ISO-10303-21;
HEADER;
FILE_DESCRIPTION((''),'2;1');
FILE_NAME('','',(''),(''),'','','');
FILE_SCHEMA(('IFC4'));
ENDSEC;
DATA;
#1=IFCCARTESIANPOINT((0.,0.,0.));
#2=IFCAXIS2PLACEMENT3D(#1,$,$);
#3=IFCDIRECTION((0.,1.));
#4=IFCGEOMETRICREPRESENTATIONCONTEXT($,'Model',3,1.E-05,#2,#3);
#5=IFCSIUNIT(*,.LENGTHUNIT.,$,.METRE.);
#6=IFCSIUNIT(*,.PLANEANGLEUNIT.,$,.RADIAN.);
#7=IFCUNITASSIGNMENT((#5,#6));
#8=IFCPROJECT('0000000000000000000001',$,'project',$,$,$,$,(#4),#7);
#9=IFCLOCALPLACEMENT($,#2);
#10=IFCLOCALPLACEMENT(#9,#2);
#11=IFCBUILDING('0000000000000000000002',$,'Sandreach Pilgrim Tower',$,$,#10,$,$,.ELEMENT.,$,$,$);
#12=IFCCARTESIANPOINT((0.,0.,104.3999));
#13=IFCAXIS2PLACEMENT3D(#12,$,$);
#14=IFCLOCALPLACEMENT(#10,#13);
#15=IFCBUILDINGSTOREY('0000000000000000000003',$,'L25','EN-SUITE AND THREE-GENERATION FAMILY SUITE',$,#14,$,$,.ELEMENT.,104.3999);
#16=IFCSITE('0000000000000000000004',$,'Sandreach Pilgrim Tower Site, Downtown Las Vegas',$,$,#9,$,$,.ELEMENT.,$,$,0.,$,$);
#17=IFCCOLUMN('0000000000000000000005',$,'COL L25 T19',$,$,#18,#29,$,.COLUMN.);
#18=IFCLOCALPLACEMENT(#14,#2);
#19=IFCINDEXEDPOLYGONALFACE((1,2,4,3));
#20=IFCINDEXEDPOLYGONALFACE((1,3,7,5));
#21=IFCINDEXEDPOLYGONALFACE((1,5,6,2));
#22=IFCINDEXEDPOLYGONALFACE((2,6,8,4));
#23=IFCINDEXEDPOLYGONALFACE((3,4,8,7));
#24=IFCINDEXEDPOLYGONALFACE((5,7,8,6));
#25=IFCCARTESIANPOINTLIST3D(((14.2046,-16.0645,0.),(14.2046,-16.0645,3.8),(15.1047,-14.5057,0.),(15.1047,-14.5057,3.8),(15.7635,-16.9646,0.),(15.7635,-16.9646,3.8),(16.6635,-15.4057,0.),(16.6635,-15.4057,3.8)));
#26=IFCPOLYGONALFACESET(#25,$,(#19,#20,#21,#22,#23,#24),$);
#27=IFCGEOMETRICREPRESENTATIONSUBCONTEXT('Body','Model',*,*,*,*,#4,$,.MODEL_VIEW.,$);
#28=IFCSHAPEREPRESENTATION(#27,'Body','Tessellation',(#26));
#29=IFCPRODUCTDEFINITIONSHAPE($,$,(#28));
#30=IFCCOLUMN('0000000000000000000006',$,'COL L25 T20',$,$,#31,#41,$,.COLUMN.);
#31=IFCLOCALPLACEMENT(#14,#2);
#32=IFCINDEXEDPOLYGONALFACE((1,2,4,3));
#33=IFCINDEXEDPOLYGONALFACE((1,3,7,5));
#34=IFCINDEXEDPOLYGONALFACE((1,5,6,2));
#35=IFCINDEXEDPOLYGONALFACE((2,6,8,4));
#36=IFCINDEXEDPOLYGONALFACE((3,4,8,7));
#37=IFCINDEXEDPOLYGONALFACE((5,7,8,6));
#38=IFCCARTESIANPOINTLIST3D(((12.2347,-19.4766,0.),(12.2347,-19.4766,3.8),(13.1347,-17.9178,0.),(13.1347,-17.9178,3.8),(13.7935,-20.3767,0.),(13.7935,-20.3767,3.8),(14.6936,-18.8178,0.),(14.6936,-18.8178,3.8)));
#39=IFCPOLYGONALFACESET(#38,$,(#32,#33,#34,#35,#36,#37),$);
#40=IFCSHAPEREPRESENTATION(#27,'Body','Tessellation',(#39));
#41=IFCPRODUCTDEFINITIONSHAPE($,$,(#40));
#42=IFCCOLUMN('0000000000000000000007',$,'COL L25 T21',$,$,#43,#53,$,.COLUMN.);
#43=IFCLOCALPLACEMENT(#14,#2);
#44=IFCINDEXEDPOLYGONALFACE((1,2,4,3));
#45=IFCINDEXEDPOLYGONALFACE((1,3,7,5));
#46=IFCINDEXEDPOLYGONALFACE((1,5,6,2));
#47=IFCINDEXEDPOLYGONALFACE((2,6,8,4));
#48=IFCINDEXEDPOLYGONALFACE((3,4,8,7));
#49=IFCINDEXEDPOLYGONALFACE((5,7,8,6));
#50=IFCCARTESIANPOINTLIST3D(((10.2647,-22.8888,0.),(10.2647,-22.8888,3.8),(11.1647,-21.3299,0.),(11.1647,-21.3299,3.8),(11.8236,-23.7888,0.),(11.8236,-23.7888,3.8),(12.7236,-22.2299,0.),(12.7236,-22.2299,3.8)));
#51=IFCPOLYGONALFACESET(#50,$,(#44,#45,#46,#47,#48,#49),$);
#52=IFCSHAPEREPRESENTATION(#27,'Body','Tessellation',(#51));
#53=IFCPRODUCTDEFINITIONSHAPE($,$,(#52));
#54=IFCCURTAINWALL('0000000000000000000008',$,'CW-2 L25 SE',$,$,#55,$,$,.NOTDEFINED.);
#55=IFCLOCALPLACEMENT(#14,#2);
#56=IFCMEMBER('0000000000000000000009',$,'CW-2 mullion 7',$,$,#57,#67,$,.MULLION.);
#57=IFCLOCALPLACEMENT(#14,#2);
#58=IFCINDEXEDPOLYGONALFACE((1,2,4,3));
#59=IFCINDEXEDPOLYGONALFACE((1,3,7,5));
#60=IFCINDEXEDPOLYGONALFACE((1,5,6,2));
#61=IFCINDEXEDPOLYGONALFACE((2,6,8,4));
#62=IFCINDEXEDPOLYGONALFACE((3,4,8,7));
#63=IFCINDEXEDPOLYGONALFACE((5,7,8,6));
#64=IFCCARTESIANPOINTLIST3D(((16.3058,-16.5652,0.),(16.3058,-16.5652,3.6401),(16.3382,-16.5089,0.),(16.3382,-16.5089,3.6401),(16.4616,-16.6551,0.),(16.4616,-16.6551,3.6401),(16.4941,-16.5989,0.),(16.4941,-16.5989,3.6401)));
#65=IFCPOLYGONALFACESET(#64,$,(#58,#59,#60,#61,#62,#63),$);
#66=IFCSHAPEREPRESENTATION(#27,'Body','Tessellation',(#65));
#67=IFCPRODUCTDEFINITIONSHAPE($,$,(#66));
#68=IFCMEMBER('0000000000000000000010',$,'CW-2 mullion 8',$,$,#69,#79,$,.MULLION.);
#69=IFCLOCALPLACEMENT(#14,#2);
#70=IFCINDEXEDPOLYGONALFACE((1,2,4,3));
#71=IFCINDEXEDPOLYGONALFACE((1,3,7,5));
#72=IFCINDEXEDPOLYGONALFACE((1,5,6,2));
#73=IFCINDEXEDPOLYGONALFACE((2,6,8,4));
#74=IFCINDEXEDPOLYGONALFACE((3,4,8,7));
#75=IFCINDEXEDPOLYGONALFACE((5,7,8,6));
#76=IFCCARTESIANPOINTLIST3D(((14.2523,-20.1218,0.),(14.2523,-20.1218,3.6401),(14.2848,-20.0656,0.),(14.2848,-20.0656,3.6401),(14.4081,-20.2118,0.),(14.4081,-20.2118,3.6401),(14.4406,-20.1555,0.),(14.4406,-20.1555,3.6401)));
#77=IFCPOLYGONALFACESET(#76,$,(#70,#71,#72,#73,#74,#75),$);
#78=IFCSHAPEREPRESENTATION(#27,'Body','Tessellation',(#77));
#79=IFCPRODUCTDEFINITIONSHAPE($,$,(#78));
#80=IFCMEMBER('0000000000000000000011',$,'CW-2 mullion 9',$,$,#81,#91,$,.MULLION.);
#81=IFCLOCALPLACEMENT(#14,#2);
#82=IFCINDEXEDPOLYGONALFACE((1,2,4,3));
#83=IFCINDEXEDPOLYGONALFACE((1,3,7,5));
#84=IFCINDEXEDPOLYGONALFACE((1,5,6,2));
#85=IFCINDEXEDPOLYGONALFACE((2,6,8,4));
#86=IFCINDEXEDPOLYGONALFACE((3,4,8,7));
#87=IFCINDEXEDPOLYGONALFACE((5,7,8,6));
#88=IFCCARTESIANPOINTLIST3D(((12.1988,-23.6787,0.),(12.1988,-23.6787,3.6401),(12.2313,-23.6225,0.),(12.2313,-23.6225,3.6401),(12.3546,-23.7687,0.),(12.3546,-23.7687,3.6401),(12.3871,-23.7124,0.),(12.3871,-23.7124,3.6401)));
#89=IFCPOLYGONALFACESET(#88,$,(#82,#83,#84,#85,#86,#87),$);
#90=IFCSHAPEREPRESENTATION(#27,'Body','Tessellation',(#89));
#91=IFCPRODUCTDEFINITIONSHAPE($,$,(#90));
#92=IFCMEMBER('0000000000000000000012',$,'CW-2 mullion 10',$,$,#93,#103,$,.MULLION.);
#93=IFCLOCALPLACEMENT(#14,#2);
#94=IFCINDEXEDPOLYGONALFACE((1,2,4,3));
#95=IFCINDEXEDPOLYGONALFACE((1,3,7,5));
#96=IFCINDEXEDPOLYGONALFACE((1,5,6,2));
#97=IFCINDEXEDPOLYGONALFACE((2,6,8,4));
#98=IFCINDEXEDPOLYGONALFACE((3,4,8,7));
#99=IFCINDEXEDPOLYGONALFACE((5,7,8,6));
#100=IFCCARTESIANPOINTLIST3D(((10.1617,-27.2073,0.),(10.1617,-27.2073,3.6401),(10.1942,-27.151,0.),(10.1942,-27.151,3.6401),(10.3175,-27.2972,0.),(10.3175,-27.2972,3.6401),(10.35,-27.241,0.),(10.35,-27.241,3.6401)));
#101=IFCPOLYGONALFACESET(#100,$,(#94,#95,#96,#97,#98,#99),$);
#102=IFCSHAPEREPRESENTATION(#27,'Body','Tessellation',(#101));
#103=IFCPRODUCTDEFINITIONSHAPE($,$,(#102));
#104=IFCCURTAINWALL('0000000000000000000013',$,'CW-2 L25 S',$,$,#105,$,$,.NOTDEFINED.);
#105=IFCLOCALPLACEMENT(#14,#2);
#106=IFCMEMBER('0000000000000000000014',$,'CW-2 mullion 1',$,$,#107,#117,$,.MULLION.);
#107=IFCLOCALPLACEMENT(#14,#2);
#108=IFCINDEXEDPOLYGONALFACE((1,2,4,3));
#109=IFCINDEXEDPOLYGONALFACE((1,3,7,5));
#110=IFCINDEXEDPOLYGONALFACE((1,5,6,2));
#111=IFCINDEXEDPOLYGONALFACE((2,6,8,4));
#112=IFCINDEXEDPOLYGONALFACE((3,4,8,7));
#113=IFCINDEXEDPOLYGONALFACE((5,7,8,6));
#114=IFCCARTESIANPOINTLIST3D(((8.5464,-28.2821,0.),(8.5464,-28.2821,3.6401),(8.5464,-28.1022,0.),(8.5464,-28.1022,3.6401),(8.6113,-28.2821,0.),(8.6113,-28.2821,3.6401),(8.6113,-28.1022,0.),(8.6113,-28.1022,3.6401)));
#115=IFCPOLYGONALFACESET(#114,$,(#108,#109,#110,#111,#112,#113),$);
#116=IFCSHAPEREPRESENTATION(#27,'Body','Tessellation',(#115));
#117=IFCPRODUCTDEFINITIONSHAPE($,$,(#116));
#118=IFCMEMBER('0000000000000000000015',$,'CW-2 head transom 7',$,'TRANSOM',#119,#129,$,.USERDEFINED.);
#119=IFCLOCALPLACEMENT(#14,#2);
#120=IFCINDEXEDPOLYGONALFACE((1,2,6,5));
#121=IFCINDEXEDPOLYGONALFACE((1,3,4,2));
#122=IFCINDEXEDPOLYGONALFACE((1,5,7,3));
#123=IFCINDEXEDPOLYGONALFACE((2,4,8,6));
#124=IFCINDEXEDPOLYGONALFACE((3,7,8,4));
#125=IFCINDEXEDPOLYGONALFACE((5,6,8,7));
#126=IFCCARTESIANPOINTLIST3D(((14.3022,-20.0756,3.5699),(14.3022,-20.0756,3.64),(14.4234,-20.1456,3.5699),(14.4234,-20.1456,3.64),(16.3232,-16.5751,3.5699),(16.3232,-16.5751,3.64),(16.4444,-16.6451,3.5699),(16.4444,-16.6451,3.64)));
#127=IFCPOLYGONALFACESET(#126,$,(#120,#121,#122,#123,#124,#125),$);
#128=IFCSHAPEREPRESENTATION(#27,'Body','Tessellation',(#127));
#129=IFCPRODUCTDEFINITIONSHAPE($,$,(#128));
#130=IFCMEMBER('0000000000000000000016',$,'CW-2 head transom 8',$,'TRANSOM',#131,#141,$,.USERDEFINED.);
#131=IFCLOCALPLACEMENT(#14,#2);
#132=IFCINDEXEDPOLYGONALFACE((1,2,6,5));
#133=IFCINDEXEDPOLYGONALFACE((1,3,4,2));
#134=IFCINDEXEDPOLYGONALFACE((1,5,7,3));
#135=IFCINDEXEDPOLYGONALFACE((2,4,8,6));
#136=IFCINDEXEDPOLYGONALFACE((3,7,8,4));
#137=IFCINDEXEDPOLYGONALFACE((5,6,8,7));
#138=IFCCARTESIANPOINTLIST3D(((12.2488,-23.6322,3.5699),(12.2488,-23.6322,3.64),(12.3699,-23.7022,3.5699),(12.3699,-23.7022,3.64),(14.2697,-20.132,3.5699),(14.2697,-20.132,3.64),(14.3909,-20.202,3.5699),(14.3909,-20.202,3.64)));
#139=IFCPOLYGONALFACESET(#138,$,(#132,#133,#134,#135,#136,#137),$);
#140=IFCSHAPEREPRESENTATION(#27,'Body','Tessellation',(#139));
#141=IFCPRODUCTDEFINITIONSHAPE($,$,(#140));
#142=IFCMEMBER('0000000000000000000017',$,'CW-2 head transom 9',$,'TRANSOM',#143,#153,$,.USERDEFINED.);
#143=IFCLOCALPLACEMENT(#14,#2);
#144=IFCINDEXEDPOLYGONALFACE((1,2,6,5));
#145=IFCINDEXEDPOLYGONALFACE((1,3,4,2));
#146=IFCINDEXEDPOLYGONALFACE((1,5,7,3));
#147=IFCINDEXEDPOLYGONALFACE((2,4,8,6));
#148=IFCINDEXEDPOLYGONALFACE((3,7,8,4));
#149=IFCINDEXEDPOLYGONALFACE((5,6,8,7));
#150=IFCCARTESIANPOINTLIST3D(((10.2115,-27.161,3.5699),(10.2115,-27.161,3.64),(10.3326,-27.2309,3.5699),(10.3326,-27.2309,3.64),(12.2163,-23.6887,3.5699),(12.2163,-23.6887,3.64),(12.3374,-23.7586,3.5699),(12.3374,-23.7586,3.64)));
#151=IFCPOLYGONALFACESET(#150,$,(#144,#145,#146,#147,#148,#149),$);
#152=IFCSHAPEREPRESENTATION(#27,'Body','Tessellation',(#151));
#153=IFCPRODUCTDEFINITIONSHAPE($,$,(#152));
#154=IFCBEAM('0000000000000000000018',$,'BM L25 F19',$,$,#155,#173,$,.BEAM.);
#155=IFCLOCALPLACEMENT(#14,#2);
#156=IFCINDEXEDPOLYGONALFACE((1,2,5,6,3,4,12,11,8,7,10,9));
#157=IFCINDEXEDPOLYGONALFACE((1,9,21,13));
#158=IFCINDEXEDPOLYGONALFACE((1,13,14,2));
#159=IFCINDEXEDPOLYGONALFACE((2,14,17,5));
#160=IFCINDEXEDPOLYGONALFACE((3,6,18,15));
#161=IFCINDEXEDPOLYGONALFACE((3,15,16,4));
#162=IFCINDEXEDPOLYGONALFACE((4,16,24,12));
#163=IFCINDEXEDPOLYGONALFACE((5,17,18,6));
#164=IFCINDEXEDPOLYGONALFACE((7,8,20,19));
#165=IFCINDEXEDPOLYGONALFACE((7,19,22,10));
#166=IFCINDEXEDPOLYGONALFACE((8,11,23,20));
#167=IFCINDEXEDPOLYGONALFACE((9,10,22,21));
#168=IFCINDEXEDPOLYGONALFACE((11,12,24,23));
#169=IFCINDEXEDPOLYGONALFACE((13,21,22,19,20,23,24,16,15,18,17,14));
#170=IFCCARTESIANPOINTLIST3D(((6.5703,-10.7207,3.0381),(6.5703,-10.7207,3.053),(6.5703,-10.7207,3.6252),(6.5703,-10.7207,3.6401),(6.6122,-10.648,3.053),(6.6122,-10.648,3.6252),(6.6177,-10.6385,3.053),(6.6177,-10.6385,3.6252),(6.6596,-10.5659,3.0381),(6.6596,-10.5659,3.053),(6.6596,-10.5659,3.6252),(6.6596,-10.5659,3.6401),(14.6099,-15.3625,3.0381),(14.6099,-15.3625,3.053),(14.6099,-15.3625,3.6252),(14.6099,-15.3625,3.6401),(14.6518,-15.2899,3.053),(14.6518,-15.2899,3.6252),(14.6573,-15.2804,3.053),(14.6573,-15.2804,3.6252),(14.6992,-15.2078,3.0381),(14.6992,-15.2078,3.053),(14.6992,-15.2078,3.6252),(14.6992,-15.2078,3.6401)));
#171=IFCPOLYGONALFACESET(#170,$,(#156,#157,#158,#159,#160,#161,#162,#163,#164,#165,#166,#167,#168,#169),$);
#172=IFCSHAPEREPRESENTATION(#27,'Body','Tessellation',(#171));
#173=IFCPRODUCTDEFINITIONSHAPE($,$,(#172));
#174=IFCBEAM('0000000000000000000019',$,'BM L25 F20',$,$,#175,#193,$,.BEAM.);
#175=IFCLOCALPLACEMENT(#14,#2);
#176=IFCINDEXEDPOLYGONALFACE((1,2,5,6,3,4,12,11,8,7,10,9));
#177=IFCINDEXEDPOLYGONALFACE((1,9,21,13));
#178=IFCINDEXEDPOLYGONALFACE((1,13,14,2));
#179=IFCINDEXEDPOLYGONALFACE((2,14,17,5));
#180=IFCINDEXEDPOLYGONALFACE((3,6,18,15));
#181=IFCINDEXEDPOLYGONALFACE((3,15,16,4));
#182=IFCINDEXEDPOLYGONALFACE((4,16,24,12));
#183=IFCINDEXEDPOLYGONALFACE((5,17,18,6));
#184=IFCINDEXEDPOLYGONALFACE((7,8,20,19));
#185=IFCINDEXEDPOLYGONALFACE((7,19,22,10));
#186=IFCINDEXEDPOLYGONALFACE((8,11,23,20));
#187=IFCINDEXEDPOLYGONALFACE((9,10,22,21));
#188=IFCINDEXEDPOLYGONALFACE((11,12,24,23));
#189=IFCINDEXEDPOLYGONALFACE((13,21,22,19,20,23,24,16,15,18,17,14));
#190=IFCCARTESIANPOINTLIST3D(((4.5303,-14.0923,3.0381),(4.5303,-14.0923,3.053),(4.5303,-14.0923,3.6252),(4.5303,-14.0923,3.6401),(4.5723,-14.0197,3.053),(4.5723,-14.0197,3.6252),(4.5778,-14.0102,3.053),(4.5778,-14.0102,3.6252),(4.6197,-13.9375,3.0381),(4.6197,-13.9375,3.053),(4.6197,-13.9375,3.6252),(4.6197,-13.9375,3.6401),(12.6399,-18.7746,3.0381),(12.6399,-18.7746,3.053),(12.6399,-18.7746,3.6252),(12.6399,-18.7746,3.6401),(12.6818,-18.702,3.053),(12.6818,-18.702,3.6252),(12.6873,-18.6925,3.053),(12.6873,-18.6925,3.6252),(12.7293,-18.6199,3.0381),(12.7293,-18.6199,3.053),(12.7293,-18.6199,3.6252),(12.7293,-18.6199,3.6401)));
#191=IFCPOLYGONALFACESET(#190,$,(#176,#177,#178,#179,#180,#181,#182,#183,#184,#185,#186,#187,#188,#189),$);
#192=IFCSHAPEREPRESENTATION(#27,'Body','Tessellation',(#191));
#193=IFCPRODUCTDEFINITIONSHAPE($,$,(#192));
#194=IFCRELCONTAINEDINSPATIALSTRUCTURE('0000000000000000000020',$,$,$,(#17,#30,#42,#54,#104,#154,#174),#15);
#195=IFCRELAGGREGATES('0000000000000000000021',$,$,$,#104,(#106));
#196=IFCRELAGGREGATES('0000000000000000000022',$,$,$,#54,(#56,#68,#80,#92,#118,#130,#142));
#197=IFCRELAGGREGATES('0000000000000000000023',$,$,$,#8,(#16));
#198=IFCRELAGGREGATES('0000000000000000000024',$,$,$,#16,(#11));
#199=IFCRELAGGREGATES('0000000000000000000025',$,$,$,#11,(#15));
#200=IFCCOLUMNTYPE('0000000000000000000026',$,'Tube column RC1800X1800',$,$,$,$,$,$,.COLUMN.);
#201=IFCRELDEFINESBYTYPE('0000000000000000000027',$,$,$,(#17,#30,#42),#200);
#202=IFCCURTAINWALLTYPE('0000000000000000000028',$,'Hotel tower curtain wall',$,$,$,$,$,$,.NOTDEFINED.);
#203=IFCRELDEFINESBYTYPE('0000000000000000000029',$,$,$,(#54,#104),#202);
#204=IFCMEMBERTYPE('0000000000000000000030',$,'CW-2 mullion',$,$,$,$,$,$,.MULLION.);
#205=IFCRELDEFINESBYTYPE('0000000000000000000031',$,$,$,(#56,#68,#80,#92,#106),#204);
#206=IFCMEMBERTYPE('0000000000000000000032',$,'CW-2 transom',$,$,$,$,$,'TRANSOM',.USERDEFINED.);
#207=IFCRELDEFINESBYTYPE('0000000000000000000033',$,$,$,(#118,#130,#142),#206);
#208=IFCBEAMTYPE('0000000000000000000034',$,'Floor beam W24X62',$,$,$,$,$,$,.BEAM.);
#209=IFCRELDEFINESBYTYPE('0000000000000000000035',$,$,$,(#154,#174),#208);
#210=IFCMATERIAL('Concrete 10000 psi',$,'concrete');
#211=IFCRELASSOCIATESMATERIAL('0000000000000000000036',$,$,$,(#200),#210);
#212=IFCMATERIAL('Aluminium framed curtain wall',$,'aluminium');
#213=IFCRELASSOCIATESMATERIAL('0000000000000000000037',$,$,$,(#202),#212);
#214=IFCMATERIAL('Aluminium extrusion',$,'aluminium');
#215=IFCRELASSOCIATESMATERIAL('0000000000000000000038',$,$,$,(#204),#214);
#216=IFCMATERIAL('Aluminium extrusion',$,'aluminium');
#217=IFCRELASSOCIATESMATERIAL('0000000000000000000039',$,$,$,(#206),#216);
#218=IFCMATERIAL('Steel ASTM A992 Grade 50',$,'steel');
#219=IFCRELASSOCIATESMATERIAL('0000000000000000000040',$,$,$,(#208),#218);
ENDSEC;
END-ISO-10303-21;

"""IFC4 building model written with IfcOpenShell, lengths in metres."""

from ifc_helpers import new_model, si_unit, direction, frame, origin, origin_2d, place, context, subcontext, project, spatial, rectangle, i_section, extrude, material, material_profile, profile_set, type_object, element, aggregate, save


model = new_model("IFC4")

# Units and contexts
model_context = context("Model", 3, precision=1e-05, world=origin(), true_north=direction((0.0, 1.0)))
body_context = subcontext(model_context, "Body", "Model", "MODEL_VIEW")
ifc_project = project(units=[si_unit("LENGTHUNIT", "METRE"), si_unit("PLANEANGLEUNIT", "RADIAN")], contexts=[model_context])

# Site, building, storey
site_placement = place(None, origin())
site = spatial("IfcSite", under=ifc_project, at=site_placement, Name="Sandreach Pilgrim Tower Site, Downtown Las Vegas", CompositionType="ELEMENT", RefElevation=0.0)
building_placement = place(site_placement, origin())
building = spatial("IfcBuilding", under=site, at=building_placement, Name="Sandreach Pilgrim Tower", CompositionType="ELEMENT")
storey_placement = place(building_placement, frame((0.0, 0.0, 104.3999)))
storey = spatial("IfcBuildingStorey", under=building, at=storey_placement, Name="L25", Description="EN-SUITE AND THREE-GENERATION FAMILY SUITE", CompositionType="ELEMENT", Elevation=104.3999)

# Columns
ifc_material_1 = material(Name="Concrete 10000 psi", Category="concrete")
ifc_material_profile_1 = material_profile(ifc_material_1, rectangle(XDim=1.8, YDim=1.8, at=origin_2d()), Name="RC1800X1800")
ifc_profile_set_1 = profile_set([ifc_material_profile_1], Name="Concrete 10000 psi")
column_type = type_object("IfcColumnType", Name="Tube column RC1800X1800", PredefinedType="COLUMN", material=ifc_profile_set_1)
for number, where, z_axis, x_axis, name in (
    (1, (15.4341, -15.7351, 0.0), (0.0, 0.0, 1.0), (0.866025, -0.5, 0.0), "COL L25 T19"),
    (2, (13.4641, -19.1472, 0.0), (0.0, 0.0, 1.0), (0.866025, -0.5, 0.0), "COL L25 T20"),
    (3, (11.4941, -22.5593, 0.0), (0.0, 0.0, 1.0), (0.866025, -0.5, 0.0), "COL L25 T21"),
):
    element("IfcColumn", number, at=place(storey_placement, frame(where, z_axis=z_axis, x_axis=x_axis)), inside=storey, type_object=column_type, Name=name, PredefinedType="COLUMN", context=body_context, shape_type="SweptSolid", body=[
        extrude(rectangle(XDim=1.8, YDim=1.8, at=origin_2d()), origin(), (0.0, 0.0, 1.0), 3.8),
    ])

# Curtain wall, members
ifc_material_2 = material(Name="Aluminium framed curtain wall", Category="aluminium")
curtain_wall_type = type_object("IfcCurtainWallType", Name="Hotel tower curtain wall", PredefinedType="NOTDEFINED", material=ifc_material_2)
curtain_wall_1_placement = place(storey_placement, origin())
curtain_wall_1 = element("IfcCurtainWall", 4, at=curtain_wall_1_placement, inside=storey, type_object=curtain_wall_type, Name="CW-2 L25 SE", PredefinedType="NOTDEFINED")
ifc_material_3 = material(Name="Aluminium extrusion", Category="aluminium")
ifc_material_profile_2 = material_profile(ifc_material_3, rectangle(XDim=0.0649, YDim=0.1799, at=origin_2d()), Name="CW-2M 65X180")
ifc_profile_set_2 = profile_set([ifc_material_profile_2], Name="Aluminium extrusion")
member_type_1 = type_object("IfcMemberType", Name="CW-2 mullion", PredefinedType="MULLION", material=ifc_profile_set_2)
member_1_placement = place(storey_placement, frame((16.3999, -16.582, 0.0), z_axis=(0.0, 0.0, 1.0), x_axis=(-0.5, -0.866025, 0.0)))
member_1 = element("IfcMember", 5, at=member_1_placement, type_object=member_type_1, Name="CW-2 mullion 7", PredefinedType="MULLION", context=body_context, shape_type="SweptSolid", body=[
    extrude(rectangle(XDim=0.0649, YDim=0.1799, at=origin_2d()), origin(), (0.0, 0.0, 1.0), 3.6401),
])
member_2_placement = place(storey_placement, frame((14.3464, -20.1387, 0.0), z_axis=(0.0, 0.0, 1.0), x_axis=(-0.5, -0.866025, 0.0)))
member_2 = element("IfcMember", 6, at=member_2_placement, type_object=member_type_1, Name="CW-2 mullion 8", PredefinedType="MULLION", context=body_context, shape_type="SweptSolid", body=[
    extrude(rectangle(XDim=0.0649, YDim=0.1799, at=origin_2d()), origin(), (0.0, 0.0, 1.0), 3.6401),
])
member_3_placement = place(storey_placement, frame((12.293, -23.6956, 0.0), z_axis=(0.0, 0.0, 1.0), x_axis=(-0.5, -0.866025, 0.0)))
member_3 = element("IfcMember", 7, at=member_3_placement, type_object=member_type_1, Name="CW-2 mullion 9", PredefinedType="MULLION", context=body_context, shape_type="SweptSolid", body=[
    extrude(rectangle(XDim=0.0649, YDim=0.1799, at=origin_2d()), origin(), (0.0, 0.0, 1.0), 3.6401),
])
member_4_placement = place(storey_placement, frame((10.2559, -27.2241, 0.0), z_axis=(0.0, 0.0, 1.0), x_axis=(-0.5, -0.866025, 0.0)))
member_4 = element("IfcMember", 8, at=member_4_placement, type_object=member_type_1, Name="CW-2 mullion 10", PredefinedType="MULLION", context=body_context, shape_type="SweptSolid", body=[
    extrude(rectangle(XDim=0.0649, YDim=0.1799, at=origin_2d()), origin(), (0.0, 0.0, 1.0), 3.6401),
])

# Curtain wall, member
curtain_wall_2_placement = place(storey_placement, origin())
curtain_wall_2 = element("IfcCurtainWall", 9, at=curtain_wall_2_placement, inside=storey, type_object=curtain_wall_type, Name="CW-2 L25 S", PredefinedType="NOTDEFINED")
member_5_placement = place(storey_placement, frame((8.5789, -28.1921, 0.0), z_axis=(0.0, 0.0, 1.0), x_axis=(-1.0, 0.0, 0.0)))
member_5 = element("IfcMember", 10, at=member_5_placement, type_object=member_type_1, Name="CW-2 mullion 1", PredefinedType="MULLION", context=body_context, shape_type="SweptSolid", body=[
    extrude(rectangle(XDim=0.0649, YDim=0.1799, at=origin_2d()), origin(), (0.0, 0.0, 1.0), 3.6401),
])
aggregate(curtain_wall_2, [member_5])

# Members
ifc_material_4 = material(Name="Aluminium extrusion", Category="aluminium")
ifc_material_profile_3 = material_profile(ifc_material_4, rectangle(XDim=0.1399, YDim=0.0701, at=origin_2d()), Name="CW-2T 140X70")
ifc_profile_set_3 = profile_set([ifc_material_profile_3], Name="Aluminium extrusion")
member_type_2 = type_object("IfcMemberType", Name="CW-2 transom", ElementType="TRANSOM", PredefinedType="USERDEFINED", material=ifc_profile_set_3)
member_6_placement = place(storey_placement, frame((16.3838, -16.6101, 3.605), z_axis=(-0.499998, -0.866027, 0.0), x_axis=(0.866027, -0.499998, 0.0)))
member_6 = element("IfcMember", 11, at=member_6_placement, type_object=member_type_2, Name="CW-2 head transom 7", ObjectType="TRANSOM", PredefinedType="USERDEFINED", context=body_context, shape_type="SweptSolid", body=[
    extrude(rectangle(XDim=0.1399, YDim=0.0701, at=origin_2d()), origin(), (0.0, 0.0, 1.0), 4.042),
])
member_7_placement = place(storey_placement, frame((14.3303, -20.167, 3.605), z_axis=(-0.500024, -0.866012, 0.0), x_axis=(0.866012, -0.500024, 0.0)))
member_7 = element("IfcMember", 12, at=member_7_placement, type_object=member_type_2, Name="CW-2 head transom 8", ObjectType="TRANSOM", PredefinedType="USERDEFINED", context=body_context, shape_type="SweptSolid", body=[
    extrude(rectangle(XDim=0.1399, YDim=0.0701, at=origin_2d()), origin(), (0.0, 0.0, 1.0), 4.0417),
])
member_8_placement = place(storey_placement, frame((12.2769, -23.7236, 3.605), z_axis=(-0.500016, -0.866016, 0.0), x_axis=(0.866016, -0.500016, 0.0)))
member_8 = element("IfcMember", 13, at=member_8_placement, type_object=member_type_2, Name="CW-2 head transom 9", ObjectType="TRANSOM", PredefinedType="USERDEFINED", context=body_context, shape_type="SweptSolid", body=[
    extrude(rectangle(XDim=0.1399, YDim=0.0701, at=origin_2d()), origin(), (0.0, 0.0, 1.0), 4.0095),
])

# Beams
ifc_material_5 = material(Name="Steel ASTM A992 Grade 50", Category="steel")
ifc_material_profile_4 = material_profile(ifc_material_5, i_section(OverallWidth=0.1787, OverallDepth=0.6021, WebThickness=0.011, FlangeThickness=0.0149, at=origin_2d()), Name="W24X62")
ifc_profile_set_4 = profile_set([ifc_material_profile_4], Name="Steel ASTM A992 Grade 50")
beam_type_1 = type_object("IfcBeamType", Name="Floor beam W24X62", PredefinedType="BEAM", material=ifc_profile_set_4)
beam_1_placement = place(storey_placement, frame((14.6545, -15.2852, 3.3391), z_axis=(-0.866016, 0.500017, 0.0), x_axis=(-0.500017, -0.866016, 0.0)))
element("IfcBeam", 14, at=beam_1_placement, inside=storey, type_object=beam_type_1, Name="BM L25 F19", PredefinedType="BEAM", context=body_context, shape_type="SweptSolid", body=[
    extrude(i_section(OverallWidth=0.1787, OverallDepth=0.6021, WebThickness=0.011, FlangeThickness=0.0149, at=origin_2d()), origin(), (0.0, 0.0, 1.0), 9.2834),
])
beam_2_placement = place(storey_placement, frame((12.6846, -18.6973, 3.3391), z_axis=(-0.866012, 0.500023, 0.0), x_axis=(-0.500023, -0.866012, 0.0)))
element("IfcBeam", 15, at=beam_2_placement, inside=storey, type_object=beam_type_1, Name="BM L25 F20", PredefinedType="BEAM", context=body_context, shape_type="SweptSolid", body=[
    extrude(i_section(OverallWidth=0.1787, OverallDepth=0.6021, WebThickness=0.011, FlangeThickness=0.0149, at=origin_2d()), origin(), (0.0, 0.0, 1.0), 9.3643),
])

aggregate(curtain_wall_1, [member_1, member_2, member_3, member_4, member_6, member_7, member_8])

save(model, "model.ifc")
